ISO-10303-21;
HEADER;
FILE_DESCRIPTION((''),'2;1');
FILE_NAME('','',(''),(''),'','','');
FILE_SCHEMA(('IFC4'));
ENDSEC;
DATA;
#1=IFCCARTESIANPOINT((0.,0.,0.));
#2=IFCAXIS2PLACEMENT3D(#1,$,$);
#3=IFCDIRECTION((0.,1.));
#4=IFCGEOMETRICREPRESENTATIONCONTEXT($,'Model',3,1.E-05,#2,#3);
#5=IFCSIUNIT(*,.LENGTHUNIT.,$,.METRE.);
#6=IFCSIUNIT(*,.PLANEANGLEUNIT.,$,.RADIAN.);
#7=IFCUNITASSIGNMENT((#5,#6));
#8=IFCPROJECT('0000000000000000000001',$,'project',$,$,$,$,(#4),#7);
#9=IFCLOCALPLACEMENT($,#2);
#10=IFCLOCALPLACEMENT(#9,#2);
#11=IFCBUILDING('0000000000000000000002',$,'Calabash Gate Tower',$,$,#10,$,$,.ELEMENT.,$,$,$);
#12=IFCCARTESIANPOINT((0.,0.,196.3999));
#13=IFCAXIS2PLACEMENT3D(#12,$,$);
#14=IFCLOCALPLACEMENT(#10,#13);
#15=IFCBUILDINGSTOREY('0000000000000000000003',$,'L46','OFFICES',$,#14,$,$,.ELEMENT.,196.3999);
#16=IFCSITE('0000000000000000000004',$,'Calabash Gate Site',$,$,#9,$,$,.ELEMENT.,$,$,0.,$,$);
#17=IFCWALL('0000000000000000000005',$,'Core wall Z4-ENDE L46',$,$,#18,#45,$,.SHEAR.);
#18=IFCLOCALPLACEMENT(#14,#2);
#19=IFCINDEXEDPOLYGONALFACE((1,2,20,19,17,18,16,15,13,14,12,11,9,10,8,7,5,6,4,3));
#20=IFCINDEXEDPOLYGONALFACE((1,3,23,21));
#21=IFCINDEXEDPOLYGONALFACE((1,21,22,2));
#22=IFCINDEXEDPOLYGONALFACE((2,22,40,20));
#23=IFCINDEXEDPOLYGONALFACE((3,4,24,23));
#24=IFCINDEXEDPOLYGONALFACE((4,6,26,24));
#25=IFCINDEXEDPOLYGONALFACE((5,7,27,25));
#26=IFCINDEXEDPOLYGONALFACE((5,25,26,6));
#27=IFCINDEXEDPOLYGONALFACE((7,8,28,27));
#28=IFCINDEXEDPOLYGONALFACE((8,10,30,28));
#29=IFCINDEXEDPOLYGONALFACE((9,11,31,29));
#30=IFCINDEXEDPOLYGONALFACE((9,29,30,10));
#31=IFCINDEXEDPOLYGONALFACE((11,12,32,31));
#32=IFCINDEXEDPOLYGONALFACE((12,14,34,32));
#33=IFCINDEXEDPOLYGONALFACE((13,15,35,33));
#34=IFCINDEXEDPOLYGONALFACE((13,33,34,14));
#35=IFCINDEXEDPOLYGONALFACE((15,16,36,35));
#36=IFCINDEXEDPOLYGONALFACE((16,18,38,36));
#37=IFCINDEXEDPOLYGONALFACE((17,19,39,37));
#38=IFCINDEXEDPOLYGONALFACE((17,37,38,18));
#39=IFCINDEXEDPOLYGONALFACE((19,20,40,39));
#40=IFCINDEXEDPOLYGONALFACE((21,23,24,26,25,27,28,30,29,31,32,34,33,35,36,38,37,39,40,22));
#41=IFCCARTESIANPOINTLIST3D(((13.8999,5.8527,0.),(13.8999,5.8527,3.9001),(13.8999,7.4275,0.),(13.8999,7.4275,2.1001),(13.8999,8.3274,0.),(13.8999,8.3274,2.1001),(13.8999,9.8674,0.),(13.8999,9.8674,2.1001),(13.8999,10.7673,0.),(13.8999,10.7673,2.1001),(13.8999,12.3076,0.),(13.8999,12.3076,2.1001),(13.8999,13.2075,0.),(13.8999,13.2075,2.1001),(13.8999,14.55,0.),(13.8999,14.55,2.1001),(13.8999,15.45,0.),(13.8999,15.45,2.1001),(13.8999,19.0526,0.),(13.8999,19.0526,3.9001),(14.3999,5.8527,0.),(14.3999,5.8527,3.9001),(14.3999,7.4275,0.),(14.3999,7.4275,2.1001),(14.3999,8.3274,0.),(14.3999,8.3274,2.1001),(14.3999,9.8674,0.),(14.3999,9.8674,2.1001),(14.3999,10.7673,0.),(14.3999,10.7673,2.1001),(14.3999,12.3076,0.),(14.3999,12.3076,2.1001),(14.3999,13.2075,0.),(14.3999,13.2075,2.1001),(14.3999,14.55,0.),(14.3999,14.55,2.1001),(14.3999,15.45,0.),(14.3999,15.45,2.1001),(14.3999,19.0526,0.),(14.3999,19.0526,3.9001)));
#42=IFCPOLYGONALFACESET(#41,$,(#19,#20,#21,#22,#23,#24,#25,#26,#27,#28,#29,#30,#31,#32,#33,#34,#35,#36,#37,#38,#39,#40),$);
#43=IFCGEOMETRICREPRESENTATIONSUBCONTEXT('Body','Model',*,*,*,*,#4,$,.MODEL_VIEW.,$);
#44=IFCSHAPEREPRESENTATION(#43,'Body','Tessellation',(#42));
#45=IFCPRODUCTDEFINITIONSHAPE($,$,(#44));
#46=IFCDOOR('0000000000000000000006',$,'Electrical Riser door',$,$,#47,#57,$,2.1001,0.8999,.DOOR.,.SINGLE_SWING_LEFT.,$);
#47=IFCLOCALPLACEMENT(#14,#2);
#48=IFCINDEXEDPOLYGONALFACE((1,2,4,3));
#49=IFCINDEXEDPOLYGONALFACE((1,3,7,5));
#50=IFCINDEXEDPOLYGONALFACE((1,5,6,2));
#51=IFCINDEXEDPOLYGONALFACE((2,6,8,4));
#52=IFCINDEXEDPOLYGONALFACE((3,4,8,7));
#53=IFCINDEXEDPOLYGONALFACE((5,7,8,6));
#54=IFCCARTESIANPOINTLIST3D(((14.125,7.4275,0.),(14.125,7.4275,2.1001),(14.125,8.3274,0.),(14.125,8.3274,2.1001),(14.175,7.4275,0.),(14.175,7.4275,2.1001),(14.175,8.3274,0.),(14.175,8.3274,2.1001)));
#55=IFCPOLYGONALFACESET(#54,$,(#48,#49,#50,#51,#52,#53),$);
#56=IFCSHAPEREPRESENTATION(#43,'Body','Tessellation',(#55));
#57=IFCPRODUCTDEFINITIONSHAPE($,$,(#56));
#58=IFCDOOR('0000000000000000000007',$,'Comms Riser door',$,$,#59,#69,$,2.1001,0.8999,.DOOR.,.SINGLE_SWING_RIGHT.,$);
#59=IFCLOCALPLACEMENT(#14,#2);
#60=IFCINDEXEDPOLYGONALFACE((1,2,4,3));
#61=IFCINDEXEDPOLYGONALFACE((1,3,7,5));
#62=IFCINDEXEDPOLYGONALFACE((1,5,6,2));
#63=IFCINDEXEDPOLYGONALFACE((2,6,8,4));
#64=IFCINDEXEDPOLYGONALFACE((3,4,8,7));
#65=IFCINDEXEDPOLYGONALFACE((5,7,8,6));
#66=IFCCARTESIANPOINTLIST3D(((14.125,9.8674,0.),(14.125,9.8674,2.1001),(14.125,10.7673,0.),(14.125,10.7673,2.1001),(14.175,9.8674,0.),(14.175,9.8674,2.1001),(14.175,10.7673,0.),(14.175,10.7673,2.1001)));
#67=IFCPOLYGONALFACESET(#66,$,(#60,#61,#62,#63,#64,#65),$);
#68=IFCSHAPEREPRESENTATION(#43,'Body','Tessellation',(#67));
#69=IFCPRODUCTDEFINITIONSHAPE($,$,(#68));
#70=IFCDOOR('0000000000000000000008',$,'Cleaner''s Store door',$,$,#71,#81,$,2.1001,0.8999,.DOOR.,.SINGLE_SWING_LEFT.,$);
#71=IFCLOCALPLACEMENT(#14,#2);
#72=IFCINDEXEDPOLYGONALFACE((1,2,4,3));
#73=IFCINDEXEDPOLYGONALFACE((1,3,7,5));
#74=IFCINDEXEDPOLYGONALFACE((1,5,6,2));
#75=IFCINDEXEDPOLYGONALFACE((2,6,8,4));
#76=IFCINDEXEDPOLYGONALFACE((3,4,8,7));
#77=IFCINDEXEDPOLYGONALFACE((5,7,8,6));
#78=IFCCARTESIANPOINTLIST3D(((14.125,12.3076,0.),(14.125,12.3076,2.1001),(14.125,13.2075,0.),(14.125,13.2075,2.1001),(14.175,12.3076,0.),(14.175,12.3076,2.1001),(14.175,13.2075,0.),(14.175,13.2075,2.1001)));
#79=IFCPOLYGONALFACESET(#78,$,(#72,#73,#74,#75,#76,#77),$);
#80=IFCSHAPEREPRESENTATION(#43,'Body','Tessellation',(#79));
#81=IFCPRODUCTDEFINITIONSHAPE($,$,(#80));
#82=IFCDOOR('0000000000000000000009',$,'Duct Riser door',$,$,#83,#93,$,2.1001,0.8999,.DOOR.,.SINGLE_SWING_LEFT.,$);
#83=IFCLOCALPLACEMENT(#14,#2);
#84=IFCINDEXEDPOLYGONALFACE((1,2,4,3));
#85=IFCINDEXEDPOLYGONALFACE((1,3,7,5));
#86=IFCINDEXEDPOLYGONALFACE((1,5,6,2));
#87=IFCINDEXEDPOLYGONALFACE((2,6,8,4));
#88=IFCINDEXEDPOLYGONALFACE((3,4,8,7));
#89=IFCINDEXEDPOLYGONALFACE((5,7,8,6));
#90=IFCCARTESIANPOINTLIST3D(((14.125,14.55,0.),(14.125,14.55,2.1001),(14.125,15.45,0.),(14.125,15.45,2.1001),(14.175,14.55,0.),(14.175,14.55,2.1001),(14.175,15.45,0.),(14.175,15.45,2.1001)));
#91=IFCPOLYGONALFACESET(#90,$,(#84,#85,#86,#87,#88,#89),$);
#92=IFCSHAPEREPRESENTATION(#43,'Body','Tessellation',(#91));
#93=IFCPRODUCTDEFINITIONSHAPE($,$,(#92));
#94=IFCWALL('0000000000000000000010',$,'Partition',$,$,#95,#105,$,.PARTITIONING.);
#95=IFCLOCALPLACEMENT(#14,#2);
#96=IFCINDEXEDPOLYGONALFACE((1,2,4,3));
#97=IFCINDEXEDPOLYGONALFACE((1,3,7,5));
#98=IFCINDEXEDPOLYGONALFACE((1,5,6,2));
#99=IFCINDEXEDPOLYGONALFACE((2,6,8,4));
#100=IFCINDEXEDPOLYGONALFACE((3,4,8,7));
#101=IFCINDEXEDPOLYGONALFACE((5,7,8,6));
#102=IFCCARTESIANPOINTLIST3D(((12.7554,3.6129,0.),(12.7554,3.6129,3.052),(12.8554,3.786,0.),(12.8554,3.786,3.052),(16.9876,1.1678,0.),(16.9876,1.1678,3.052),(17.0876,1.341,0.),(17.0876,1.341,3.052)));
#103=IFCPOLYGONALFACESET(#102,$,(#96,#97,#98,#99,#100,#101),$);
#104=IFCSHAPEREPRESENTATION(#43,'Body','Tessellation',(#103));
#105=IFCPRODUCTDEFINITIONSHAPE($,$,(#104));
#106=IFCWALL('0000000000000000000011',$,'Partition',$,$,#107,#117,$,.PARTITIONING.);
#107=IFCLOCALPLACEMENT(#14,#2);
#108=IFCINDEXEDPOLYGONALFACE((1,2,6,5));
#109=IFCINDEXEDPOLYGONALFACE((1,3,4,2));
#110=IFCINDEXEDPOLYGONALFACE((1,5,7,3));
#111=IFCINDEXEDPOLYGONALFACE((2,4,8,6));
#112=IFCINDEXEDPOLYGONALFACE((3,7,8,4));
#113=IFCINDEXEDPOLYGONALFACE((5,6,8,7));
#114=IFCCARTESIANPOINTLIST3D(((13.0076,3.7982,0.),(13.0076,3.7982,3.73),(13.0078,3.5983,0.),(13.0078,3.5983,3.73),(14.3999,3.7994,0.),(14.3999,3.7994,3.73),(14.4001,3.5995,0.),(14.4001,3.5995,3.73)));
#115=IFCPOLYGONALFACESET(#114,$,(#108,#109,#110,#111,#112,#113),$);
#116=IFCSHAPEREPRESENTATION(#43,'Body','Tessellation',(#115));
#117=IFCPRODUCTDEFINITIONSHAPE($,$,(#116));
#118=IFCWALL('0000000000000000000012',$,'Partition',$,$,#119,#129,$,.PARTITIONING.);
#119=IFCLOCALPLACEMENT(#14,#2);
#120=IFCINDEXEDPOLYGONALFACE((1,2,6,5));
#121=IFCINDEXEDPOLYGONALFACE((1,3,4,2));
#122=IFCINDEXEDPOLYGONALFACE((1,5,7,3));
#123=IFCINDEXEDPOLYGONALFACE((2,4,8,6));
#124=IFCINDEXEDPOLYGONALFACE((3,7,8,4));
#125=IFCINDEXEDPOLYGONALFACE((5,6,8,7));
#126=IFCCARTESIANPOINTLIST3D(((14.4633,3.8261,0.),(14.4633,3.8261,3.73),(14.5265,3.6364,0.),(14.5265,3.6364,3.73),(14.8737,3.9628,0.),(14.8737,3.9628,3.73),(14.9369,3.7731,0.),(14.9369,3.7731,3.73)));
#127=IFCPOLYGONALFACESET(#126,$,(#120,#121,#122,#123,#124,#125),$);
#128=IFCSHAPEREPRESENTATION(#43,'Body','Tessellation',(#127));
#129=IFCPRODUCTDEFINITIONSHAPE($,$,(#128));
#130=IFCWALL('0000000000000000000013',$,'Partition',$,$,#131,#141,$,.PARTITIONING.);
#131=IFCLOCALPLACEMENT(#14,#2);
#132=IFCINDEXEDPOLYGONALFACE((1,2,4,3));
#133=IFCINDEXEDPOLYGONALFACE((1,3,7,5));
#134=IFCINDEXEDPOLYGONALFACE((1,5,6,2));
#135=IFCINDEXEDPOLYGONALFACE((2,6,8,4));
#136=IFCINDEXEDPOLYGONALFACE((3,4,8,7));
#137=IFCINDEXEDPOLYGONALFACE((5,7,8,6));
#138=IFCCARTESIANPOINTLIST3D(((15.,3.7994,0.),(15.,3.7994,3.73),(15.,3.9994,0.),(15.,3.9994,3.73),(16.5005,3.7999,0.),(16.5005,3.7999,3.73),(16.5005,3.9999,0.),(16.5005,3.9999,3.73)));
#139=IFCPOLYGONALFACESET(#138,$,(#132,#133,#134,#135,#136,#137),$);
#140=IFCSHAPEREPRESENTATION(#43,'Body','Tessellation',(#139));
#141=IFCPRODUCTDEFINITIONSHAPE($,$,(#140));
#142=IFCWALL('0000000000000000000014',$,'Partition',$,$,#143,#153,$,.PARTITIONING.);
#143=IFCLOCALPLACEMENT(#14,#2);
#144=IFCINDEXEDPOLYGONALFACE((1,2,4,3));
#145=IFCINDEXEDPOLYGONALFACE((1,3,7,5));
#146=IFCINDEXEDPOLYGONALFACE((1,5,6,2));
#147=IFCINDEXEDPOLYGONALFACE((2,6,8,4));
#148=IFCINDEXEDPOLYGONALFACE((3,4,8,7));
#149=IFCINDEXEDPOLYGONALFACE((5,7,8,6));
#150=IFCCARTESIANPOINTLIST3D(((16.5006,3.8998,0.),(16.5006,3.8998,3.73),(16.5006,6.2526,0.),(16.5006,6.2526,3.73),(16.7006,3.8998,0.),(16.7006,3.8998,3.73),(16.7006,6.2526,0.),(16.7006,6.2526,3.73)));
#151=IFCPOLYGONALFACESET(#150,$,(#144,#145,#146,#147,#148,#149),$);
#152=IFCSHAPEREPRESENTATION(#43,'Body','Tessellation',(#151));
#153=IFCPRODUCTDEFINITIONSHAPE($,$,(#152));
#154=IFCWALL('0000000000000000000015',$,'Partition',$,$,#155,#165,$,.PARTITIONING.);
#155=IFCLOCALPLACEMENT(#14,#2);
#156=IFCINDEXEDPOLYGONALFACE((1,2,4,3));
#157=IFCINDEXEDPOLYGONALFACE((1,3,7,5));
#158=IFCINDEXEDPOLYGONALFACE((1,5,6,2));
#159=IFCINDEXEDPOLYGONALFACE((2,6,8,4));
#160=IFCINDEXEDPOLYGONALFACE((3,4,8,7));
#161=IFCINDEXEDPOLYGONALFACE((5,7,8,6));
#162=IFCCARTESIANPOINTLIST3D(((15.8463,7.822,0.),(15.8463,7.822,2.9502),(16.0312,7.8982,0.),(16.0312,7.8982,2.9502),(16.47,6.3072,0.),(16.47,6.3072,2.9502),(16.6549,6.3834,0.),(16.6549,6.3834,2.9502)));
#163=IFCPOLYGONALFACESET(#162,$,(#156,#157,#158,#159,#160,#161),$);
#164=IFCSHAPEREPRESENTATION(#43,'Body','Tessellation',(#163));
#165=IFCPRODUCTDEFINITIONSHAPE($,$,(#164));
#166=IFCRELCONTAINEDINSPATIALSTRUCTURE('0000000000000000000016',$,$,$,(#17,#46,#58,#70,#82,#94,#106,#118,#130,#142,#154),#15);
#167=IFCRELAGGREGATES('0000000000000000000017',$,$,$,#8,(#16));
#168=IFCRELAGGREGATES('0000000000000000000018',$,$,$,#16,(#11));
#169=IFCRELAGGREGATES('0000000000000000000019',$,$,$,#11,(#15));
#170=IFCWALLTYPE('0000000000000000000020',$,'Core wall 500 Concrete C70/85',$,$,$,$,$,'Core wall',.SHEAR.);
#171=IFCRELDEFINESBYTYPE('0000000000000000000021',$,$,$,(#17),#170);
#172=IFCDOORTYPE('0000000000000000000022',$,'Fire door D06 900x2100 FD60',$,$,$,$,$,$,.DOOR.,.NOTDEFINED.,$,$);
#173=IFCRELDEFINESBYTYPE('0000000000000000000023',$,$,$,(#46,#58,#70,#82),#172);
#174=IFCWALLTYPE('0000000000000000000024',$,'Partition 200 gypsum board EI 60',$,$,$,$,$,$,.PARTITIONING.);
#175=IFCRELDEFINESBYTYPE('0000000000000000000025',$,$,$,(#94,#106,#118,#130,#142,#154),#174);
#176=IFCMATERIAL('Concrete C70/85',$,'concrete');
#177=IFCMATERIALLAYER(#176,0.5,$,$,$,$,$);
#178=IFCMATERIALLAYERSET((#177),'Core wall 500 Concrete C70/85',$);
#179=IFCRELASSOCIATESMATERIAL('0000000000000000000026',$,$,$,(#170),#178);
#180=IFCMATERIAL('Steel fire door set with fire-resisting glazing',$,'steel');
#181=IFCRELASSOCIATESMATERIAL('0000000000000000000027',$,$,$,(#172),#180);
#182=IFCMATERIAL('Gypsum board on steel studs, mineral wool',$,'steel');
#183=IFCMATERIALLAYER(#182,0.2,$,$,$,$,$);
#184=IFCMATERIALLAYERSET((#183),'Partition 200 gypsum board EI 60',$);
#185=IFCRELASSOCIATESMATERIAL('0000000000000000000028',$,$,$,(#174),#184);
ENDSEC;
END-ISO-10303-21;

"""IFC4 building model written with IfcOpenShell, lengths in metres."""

from ifc_helpers import new_model, si_unit, direction, frame, frame_2d, origin, place, context, subcontext, project, spatial, rectangle, extrude, material, layer, layer_set, type_object, element, fill, save


model = new_model("IFC4")

# Units and contexts
model_context = context("Model", 3, precision=1e-05, world=origin(), true_north=direction((0.0, 1.0)))
body_context = subcontext(model_context, "Body", "Model", "MODEL_VIEW")
ifc_project = project(units=[si_unit("LENGTHUNIT", "METRE"), si_unit("PLANEANGLEUNIT", "RADIAN")], contexts=[model_context])

# Site, building, storey
site_placement = place(None, origin())
site = spatial("IfcSite", under=ifc_project, at=site_placement, Name="Calabash Gate Site", CompositionType="ELEMENT", RefElevation=0.0)
building_placement = place(site_placement, origin())
building = spatial("IfcBuilding", under=site, at=building_placement, Name="Calabash Gate Tower", CompositionType="ELEMENT")
storey_placement = place(building_placement, frame((0.0, 0.0, 196.3999)))
storey = spatial("IfcBuildingStorey", under=building, at=storey_placement, Name="L46", Description="OFFICES", CompositionType="ELEMENT", Elevation=196.3999)

# Wall, openings, doors
ifc_material_1 = material(Name="Concrete C70/85", Category="concrete")
ifc_layer_1 = layer(ifc_material_1, 0.5)
ifc_layer_set_1 = layer_set([ifc_layer_1], Name="Core wall 500 Concrete C70/85")
wall_type_1 = type_object("IfcWallType", Name="Core wall 500 Concrete C70/85", ElementType="Core wall", PredefinedType="SHEAR", material=ifc_layer_set_1)
wall_1_placement = place(storey_placement, frame((14.1499, 5.8525, 0.0), z_axis=(0.0, 0.0, 1.0), x_axis=(0.0, 1.0, 0.0)))
wall_1 = element("IfcWall", 1, at=wall_1_placement, inside=storey, type_object=wall_type_1, Name="Core wall Z4-ENDE L46", PredefinedType="SHEAR", context=body_context, shape_type="SweptSolid", body=[
    extrude(rectangle(XDim=13.2, YDim=0.5, at=frame_2d((6.6001, 0.0))), origin(), (0.0, 0.0, 1.0), 3.9001),
])
opening_1_placement = place(wall_1_placement, frame((1.575, 0.0, 0.0)))
opening_1 = element("IfcOpeningElement", 2, at=opening_1_placement, cuts=wall_1, PredefinedType="OPENING", context=body_context, shape_type="SweptSolid", body=[
    extrude(rectangle(XDim=0.8999, YDim=2.1001, at=frame_2d((0.45, 1.05))), frame((0.0, 0.26, 0.0), z_axis=(0.0, -1.0, 0.0), x_axis=(1.0, 0.0, 0.0)), (0.0, 0.0, 1.0), 0.52),
])
opening_2_placement = place(wall_1_placement, frame((4.0149, 0.0, 0.0)))
opening_2 = element("IfcOpeningElement", 3, at=opening_2_placement, cuts=wall_1, PredefinedType="OPENING", context=body_context, shape_type="SweptSolid", body=[
    extrude(rectangle(XDim=0.8999, YDim=2.1001, at=frame_2d((0.45, 1.05))), frame((0.0, 0.26, 0.0), z_axis=(0.0, -1.0, 0.0), x_axis=(1.0, 0.0, 0.0)), (0.0, 0.0, 1.0), 0.52),
])
opening_3_placement = place(wall_1_placement, frame((6.4551, 0.0, 0.0)))
opening_3 = element("IfcOpeningElement", 4, at=opening_3_placement, cuts=wall_1, PredefinedType="OPENING", context=body_context, shape_type="SweptSolid", body=[
    extrude(rectangle(XDim=0.8999, YDim=2.1001, at=frame_2d((0.45, 1.05))), frame((0.0, 0.26, 0.0), z_axis=(0.0, -1.0, 0.0), x_axis=(1.0, 0.0, 0.0)), (0.0, 0.0, 1.0), 0.52),
])
opening_4_placement = place(wall_1_placement, frame((8.6975, 0.0, 0.0)))
opening_4 = element("IfcOpeningElement", 5, at=opening_4_placement, cuts=wall_1, PredefinedType="OPENING", context=body_context, shape_type="SweptSolid", body=[
    extrude(rectangle(XDim=0.8999, YDim=2.1001, at=frame_2d((0.45, 1.05))), frame((0.0, 0.26, 0.0), z_axis=(0.0, -1.0, 0.0), x_axis=(1.0, 0.0, 0.0)), (0.0, 0.0, 1.0), 0.52),
])
ifc_material_2 = material(Name="Steel fire door set with fire-resisting glazing", Category="steel")
door_type_1 = type_object("IfcDoorType", Name="Fire door D06 900x2100 FD60", OperationType="NOTDEFINED", PredefinedType="DOOR", material=ifc_material_2)
door_1_placement = place(opening_1_placement, origin())
door_1 = element("IfcDoor", 6, at=door_1_placement, inside=storey, type_object=door_type_1, Name="Electrical Riser door", OperationType="SINGLE_SWING_LEFT", OverallHeight=2.1001, OverallWidth=0.8999, PredefinedType="DOOR", context=body_context, shape_type="SweptSolid", body=[
    extrude(rectangle(XDim=0.8999, YDim=2.1001, at=frame_2d((0.45, 1.05))), frame((0.0, 0.0249, 0.0), z_axis=(0.0, -1.0, 0.0), x_axis=(1.0, 0.0, 0.0)), (0.0, 0.0, 1.0), 0.05),
])
fill(opening_1, door_1)
door_2_placement = place(opening_2_placement, origin())
door_2 = element("IfcDoor", 7, at=door_2_placement, inside=storey, type_object=door_type_1, Name="Comms Riser door", OperationType="SINGLE_SWING_RIGHT", OverallHeight=2.1001, OverallWidth=0.8999, PredefinedType="DOOR", context=body_context, shape_type="SweptSolid", body=[
    extrude(rectangle(XDim=0.8999, YDim=2.1001, at=frame_2d((0.45, 1.05))), frame((0.0, 0.0249, 0.0), z_axis=(0.0, -1.0, 0.0), x_axis=(1.0, 0.0, 0.0)), (0.0, 0.0, 1.0), 0.05),
])
fill(opening_2, door_2)
door_3_placement = place(opening_3_placement, origin())
door_3 = element("IfcDoor", 8, at=door_3_placement, inside=storey, type_object=door_type_1, Name="Cleaner's Store door", OperationType="SINGLE_SWING_LEFT", OverallHeight=2.1001, OverallWidth=0.8999, PredefinedType="DOOR", context=body_context, shape_type="SweptSolid", body=[
    extrude(rectangle(XDim=0.8999, YDim=2.1001, at=frame_2d((0.45, 1.05))), frame((0.0, 0.0249, 0.0), z_axis=(0.0, -1.0, 0.0), x_axis=(1.0, 0.0, 0.0)), (0.0, 0.0, 1.0), 0.05),
])
fill(opening_3, door_3)
door_4_placement = place(opening_4_placement, origin())
door_4 = element("IfcDoor", 9, at=door_4_placement, inside=storey, type_object=door_type_1, Name="Duct Riser door", OperationType="SINGLE_SWING_LEFT", OverallHeight=2.1001, OverallWidth=0.8999, PredefinedType="DOOR", context=body_context, shape_type="SweptSolid", body=[
    extrude(rectangle(XDim=0.8999, YDim=2.1001, at=frame_2d((0.45, 1.05))), frame((0.0, 0.0249, 0.0), z_axis=(0.0, -1.0, 0.0), x_axis=(1.0, 0.0, 0.0)), (0.0, 0.0, 1.0), 0.05),
])
fill(opening_4, door_4)

# Walls
ifc_material_3 = material(Name="Gypsum board on steel studs, mineral wool", Category="steel")
ifc_layer_2 = layer(ifc_material_3, 0.2)
ifc_layer_set_2 = layer_set([ifc_layer_2], Name="Partition 200 gypsum board EI 60")
wall_type_2 = type_object("IfcWallType", Name="Partition 200 gypsum board EI 60", PredefinedType="PARTITIONING", material=ifc_layer_set_2)
wall_2_placement = place(storey_placement, frame((12.8054, 3.6995, 0.0), z_axis=(0.0, 0.0, 1.0), x_axis=(0.865882, -0.500248, 0.0)))
element("IfcWall", 10, at=wall_2_placement, inside=storey, type_object=wall_type_2, Name="Partition", PredefinedType="PARTITIONING", context=body_context, shape_type="SweptSolid", body=[
    extrude(rectangle(XDim=4.8877, YDim=0.2, at=frame_2d((2.4438, 0.0))), origin(), (0.0, 0.0, 1.0), 3.052),
])
wall_3_placement = place(storey_placement, frame((13.0076, 3.6982, 0.0), z_axis=(0.0, 0.0, 1.0), x_axis=(1.0, 0.000877, 0.0)))
element("IfcWall", 11, at=wall_3_placement, inside=storey, type_object=wall_type_2, Name="Partition", PredefinedType="PARTITIONING", context=body_context, shape_type="SweptSolid", body=[
    extrude(rectangle(XDim=1.3923, YDim=0.2, at=frame_2d((0.6963, 0.0))), origin(), (0.0, 0.0, 1.0), 3.73),
])
wall_4_placement = place(storey_placement, frame((14.4949, 3.7312, 0.0), z_axis=(0.0, 0.0, 1.0), x_axis=(0.94874, 0.316058, 0.0)))
element("IfcWall", 12, at=wall_4_placement, inside=storey, type_object=wall_type_2, Name="Partition", PredefinedType="PARTITIONING", context=body_context, shape_type="SweptSolid", body=[
    extrude(rectangle(XDim=0.4326, YDim=0.2, at=frame_2d((0.2163, 0.0))), origin(), (0.0, 0.0, 1.0), 3.73),
])
wall_5_placement = place(storey_placement, frame((15.0, 3.8994, 0.0), z_axis=(0.0, 0.0, 1.0), x_axis=(1.0, 0.000325, 0.0)))
element("IfcWall", 13, at=wall_5_placement, inside=storey, type_object=wall_type_2, Name="Partition", PredefinedType="PARTITIONING", context=body_context, shape_type="SweptSolid", body=[
    extrude(rectangle(XDim=1.5005, YDim=0.2, at=frame_2d((0.7502, 0.0))), origin(), (0.0, 0.0, 1.0), 3.73),
])
wall_6_placement = place(storey_placement, frame((16.6006, 3.8999, 0.0), z_axis=(0.0, 0.0, 1.0), x_axis=(0.0, 1.0, 0.0)))
element("IfcWall", 14, at=wall_6_placement, inside=storey, type_object=wall_type_2, Name="Partition", PredefinedType="PARTITIONING", context=body_context, shape_type="SweptSolid", body=[
    extrude(rectangle(XDim=2.3528, YDim=0.2, at=frame_2d((1.1763, 0.0))), origin(), (0.0, 0.0, 1.0), 3.73),
])
wall_7_placement = place(storey_placement, frame((15.9387, 7.8601, 0.0), z_axis=(0.0, 0.0, 1.0), x_axis=(0.38075, -0.924678, 0.0)))
element("IfcWall", 15, at=wall_7_placement, inside=storey, type_object=wall_type_2, Name="Partition", PredefinedType="PARTITIONING", context=body_context, shape_type="SweptSolid", body=[
    extrude(rectangle(XDim=1.6382, YDim=0.2, at=frame_2d((0.8191, 0.0))), origin(), (0.0, 0.0, 1.0), 2.9502),
])

save(model, "model.ifc")
